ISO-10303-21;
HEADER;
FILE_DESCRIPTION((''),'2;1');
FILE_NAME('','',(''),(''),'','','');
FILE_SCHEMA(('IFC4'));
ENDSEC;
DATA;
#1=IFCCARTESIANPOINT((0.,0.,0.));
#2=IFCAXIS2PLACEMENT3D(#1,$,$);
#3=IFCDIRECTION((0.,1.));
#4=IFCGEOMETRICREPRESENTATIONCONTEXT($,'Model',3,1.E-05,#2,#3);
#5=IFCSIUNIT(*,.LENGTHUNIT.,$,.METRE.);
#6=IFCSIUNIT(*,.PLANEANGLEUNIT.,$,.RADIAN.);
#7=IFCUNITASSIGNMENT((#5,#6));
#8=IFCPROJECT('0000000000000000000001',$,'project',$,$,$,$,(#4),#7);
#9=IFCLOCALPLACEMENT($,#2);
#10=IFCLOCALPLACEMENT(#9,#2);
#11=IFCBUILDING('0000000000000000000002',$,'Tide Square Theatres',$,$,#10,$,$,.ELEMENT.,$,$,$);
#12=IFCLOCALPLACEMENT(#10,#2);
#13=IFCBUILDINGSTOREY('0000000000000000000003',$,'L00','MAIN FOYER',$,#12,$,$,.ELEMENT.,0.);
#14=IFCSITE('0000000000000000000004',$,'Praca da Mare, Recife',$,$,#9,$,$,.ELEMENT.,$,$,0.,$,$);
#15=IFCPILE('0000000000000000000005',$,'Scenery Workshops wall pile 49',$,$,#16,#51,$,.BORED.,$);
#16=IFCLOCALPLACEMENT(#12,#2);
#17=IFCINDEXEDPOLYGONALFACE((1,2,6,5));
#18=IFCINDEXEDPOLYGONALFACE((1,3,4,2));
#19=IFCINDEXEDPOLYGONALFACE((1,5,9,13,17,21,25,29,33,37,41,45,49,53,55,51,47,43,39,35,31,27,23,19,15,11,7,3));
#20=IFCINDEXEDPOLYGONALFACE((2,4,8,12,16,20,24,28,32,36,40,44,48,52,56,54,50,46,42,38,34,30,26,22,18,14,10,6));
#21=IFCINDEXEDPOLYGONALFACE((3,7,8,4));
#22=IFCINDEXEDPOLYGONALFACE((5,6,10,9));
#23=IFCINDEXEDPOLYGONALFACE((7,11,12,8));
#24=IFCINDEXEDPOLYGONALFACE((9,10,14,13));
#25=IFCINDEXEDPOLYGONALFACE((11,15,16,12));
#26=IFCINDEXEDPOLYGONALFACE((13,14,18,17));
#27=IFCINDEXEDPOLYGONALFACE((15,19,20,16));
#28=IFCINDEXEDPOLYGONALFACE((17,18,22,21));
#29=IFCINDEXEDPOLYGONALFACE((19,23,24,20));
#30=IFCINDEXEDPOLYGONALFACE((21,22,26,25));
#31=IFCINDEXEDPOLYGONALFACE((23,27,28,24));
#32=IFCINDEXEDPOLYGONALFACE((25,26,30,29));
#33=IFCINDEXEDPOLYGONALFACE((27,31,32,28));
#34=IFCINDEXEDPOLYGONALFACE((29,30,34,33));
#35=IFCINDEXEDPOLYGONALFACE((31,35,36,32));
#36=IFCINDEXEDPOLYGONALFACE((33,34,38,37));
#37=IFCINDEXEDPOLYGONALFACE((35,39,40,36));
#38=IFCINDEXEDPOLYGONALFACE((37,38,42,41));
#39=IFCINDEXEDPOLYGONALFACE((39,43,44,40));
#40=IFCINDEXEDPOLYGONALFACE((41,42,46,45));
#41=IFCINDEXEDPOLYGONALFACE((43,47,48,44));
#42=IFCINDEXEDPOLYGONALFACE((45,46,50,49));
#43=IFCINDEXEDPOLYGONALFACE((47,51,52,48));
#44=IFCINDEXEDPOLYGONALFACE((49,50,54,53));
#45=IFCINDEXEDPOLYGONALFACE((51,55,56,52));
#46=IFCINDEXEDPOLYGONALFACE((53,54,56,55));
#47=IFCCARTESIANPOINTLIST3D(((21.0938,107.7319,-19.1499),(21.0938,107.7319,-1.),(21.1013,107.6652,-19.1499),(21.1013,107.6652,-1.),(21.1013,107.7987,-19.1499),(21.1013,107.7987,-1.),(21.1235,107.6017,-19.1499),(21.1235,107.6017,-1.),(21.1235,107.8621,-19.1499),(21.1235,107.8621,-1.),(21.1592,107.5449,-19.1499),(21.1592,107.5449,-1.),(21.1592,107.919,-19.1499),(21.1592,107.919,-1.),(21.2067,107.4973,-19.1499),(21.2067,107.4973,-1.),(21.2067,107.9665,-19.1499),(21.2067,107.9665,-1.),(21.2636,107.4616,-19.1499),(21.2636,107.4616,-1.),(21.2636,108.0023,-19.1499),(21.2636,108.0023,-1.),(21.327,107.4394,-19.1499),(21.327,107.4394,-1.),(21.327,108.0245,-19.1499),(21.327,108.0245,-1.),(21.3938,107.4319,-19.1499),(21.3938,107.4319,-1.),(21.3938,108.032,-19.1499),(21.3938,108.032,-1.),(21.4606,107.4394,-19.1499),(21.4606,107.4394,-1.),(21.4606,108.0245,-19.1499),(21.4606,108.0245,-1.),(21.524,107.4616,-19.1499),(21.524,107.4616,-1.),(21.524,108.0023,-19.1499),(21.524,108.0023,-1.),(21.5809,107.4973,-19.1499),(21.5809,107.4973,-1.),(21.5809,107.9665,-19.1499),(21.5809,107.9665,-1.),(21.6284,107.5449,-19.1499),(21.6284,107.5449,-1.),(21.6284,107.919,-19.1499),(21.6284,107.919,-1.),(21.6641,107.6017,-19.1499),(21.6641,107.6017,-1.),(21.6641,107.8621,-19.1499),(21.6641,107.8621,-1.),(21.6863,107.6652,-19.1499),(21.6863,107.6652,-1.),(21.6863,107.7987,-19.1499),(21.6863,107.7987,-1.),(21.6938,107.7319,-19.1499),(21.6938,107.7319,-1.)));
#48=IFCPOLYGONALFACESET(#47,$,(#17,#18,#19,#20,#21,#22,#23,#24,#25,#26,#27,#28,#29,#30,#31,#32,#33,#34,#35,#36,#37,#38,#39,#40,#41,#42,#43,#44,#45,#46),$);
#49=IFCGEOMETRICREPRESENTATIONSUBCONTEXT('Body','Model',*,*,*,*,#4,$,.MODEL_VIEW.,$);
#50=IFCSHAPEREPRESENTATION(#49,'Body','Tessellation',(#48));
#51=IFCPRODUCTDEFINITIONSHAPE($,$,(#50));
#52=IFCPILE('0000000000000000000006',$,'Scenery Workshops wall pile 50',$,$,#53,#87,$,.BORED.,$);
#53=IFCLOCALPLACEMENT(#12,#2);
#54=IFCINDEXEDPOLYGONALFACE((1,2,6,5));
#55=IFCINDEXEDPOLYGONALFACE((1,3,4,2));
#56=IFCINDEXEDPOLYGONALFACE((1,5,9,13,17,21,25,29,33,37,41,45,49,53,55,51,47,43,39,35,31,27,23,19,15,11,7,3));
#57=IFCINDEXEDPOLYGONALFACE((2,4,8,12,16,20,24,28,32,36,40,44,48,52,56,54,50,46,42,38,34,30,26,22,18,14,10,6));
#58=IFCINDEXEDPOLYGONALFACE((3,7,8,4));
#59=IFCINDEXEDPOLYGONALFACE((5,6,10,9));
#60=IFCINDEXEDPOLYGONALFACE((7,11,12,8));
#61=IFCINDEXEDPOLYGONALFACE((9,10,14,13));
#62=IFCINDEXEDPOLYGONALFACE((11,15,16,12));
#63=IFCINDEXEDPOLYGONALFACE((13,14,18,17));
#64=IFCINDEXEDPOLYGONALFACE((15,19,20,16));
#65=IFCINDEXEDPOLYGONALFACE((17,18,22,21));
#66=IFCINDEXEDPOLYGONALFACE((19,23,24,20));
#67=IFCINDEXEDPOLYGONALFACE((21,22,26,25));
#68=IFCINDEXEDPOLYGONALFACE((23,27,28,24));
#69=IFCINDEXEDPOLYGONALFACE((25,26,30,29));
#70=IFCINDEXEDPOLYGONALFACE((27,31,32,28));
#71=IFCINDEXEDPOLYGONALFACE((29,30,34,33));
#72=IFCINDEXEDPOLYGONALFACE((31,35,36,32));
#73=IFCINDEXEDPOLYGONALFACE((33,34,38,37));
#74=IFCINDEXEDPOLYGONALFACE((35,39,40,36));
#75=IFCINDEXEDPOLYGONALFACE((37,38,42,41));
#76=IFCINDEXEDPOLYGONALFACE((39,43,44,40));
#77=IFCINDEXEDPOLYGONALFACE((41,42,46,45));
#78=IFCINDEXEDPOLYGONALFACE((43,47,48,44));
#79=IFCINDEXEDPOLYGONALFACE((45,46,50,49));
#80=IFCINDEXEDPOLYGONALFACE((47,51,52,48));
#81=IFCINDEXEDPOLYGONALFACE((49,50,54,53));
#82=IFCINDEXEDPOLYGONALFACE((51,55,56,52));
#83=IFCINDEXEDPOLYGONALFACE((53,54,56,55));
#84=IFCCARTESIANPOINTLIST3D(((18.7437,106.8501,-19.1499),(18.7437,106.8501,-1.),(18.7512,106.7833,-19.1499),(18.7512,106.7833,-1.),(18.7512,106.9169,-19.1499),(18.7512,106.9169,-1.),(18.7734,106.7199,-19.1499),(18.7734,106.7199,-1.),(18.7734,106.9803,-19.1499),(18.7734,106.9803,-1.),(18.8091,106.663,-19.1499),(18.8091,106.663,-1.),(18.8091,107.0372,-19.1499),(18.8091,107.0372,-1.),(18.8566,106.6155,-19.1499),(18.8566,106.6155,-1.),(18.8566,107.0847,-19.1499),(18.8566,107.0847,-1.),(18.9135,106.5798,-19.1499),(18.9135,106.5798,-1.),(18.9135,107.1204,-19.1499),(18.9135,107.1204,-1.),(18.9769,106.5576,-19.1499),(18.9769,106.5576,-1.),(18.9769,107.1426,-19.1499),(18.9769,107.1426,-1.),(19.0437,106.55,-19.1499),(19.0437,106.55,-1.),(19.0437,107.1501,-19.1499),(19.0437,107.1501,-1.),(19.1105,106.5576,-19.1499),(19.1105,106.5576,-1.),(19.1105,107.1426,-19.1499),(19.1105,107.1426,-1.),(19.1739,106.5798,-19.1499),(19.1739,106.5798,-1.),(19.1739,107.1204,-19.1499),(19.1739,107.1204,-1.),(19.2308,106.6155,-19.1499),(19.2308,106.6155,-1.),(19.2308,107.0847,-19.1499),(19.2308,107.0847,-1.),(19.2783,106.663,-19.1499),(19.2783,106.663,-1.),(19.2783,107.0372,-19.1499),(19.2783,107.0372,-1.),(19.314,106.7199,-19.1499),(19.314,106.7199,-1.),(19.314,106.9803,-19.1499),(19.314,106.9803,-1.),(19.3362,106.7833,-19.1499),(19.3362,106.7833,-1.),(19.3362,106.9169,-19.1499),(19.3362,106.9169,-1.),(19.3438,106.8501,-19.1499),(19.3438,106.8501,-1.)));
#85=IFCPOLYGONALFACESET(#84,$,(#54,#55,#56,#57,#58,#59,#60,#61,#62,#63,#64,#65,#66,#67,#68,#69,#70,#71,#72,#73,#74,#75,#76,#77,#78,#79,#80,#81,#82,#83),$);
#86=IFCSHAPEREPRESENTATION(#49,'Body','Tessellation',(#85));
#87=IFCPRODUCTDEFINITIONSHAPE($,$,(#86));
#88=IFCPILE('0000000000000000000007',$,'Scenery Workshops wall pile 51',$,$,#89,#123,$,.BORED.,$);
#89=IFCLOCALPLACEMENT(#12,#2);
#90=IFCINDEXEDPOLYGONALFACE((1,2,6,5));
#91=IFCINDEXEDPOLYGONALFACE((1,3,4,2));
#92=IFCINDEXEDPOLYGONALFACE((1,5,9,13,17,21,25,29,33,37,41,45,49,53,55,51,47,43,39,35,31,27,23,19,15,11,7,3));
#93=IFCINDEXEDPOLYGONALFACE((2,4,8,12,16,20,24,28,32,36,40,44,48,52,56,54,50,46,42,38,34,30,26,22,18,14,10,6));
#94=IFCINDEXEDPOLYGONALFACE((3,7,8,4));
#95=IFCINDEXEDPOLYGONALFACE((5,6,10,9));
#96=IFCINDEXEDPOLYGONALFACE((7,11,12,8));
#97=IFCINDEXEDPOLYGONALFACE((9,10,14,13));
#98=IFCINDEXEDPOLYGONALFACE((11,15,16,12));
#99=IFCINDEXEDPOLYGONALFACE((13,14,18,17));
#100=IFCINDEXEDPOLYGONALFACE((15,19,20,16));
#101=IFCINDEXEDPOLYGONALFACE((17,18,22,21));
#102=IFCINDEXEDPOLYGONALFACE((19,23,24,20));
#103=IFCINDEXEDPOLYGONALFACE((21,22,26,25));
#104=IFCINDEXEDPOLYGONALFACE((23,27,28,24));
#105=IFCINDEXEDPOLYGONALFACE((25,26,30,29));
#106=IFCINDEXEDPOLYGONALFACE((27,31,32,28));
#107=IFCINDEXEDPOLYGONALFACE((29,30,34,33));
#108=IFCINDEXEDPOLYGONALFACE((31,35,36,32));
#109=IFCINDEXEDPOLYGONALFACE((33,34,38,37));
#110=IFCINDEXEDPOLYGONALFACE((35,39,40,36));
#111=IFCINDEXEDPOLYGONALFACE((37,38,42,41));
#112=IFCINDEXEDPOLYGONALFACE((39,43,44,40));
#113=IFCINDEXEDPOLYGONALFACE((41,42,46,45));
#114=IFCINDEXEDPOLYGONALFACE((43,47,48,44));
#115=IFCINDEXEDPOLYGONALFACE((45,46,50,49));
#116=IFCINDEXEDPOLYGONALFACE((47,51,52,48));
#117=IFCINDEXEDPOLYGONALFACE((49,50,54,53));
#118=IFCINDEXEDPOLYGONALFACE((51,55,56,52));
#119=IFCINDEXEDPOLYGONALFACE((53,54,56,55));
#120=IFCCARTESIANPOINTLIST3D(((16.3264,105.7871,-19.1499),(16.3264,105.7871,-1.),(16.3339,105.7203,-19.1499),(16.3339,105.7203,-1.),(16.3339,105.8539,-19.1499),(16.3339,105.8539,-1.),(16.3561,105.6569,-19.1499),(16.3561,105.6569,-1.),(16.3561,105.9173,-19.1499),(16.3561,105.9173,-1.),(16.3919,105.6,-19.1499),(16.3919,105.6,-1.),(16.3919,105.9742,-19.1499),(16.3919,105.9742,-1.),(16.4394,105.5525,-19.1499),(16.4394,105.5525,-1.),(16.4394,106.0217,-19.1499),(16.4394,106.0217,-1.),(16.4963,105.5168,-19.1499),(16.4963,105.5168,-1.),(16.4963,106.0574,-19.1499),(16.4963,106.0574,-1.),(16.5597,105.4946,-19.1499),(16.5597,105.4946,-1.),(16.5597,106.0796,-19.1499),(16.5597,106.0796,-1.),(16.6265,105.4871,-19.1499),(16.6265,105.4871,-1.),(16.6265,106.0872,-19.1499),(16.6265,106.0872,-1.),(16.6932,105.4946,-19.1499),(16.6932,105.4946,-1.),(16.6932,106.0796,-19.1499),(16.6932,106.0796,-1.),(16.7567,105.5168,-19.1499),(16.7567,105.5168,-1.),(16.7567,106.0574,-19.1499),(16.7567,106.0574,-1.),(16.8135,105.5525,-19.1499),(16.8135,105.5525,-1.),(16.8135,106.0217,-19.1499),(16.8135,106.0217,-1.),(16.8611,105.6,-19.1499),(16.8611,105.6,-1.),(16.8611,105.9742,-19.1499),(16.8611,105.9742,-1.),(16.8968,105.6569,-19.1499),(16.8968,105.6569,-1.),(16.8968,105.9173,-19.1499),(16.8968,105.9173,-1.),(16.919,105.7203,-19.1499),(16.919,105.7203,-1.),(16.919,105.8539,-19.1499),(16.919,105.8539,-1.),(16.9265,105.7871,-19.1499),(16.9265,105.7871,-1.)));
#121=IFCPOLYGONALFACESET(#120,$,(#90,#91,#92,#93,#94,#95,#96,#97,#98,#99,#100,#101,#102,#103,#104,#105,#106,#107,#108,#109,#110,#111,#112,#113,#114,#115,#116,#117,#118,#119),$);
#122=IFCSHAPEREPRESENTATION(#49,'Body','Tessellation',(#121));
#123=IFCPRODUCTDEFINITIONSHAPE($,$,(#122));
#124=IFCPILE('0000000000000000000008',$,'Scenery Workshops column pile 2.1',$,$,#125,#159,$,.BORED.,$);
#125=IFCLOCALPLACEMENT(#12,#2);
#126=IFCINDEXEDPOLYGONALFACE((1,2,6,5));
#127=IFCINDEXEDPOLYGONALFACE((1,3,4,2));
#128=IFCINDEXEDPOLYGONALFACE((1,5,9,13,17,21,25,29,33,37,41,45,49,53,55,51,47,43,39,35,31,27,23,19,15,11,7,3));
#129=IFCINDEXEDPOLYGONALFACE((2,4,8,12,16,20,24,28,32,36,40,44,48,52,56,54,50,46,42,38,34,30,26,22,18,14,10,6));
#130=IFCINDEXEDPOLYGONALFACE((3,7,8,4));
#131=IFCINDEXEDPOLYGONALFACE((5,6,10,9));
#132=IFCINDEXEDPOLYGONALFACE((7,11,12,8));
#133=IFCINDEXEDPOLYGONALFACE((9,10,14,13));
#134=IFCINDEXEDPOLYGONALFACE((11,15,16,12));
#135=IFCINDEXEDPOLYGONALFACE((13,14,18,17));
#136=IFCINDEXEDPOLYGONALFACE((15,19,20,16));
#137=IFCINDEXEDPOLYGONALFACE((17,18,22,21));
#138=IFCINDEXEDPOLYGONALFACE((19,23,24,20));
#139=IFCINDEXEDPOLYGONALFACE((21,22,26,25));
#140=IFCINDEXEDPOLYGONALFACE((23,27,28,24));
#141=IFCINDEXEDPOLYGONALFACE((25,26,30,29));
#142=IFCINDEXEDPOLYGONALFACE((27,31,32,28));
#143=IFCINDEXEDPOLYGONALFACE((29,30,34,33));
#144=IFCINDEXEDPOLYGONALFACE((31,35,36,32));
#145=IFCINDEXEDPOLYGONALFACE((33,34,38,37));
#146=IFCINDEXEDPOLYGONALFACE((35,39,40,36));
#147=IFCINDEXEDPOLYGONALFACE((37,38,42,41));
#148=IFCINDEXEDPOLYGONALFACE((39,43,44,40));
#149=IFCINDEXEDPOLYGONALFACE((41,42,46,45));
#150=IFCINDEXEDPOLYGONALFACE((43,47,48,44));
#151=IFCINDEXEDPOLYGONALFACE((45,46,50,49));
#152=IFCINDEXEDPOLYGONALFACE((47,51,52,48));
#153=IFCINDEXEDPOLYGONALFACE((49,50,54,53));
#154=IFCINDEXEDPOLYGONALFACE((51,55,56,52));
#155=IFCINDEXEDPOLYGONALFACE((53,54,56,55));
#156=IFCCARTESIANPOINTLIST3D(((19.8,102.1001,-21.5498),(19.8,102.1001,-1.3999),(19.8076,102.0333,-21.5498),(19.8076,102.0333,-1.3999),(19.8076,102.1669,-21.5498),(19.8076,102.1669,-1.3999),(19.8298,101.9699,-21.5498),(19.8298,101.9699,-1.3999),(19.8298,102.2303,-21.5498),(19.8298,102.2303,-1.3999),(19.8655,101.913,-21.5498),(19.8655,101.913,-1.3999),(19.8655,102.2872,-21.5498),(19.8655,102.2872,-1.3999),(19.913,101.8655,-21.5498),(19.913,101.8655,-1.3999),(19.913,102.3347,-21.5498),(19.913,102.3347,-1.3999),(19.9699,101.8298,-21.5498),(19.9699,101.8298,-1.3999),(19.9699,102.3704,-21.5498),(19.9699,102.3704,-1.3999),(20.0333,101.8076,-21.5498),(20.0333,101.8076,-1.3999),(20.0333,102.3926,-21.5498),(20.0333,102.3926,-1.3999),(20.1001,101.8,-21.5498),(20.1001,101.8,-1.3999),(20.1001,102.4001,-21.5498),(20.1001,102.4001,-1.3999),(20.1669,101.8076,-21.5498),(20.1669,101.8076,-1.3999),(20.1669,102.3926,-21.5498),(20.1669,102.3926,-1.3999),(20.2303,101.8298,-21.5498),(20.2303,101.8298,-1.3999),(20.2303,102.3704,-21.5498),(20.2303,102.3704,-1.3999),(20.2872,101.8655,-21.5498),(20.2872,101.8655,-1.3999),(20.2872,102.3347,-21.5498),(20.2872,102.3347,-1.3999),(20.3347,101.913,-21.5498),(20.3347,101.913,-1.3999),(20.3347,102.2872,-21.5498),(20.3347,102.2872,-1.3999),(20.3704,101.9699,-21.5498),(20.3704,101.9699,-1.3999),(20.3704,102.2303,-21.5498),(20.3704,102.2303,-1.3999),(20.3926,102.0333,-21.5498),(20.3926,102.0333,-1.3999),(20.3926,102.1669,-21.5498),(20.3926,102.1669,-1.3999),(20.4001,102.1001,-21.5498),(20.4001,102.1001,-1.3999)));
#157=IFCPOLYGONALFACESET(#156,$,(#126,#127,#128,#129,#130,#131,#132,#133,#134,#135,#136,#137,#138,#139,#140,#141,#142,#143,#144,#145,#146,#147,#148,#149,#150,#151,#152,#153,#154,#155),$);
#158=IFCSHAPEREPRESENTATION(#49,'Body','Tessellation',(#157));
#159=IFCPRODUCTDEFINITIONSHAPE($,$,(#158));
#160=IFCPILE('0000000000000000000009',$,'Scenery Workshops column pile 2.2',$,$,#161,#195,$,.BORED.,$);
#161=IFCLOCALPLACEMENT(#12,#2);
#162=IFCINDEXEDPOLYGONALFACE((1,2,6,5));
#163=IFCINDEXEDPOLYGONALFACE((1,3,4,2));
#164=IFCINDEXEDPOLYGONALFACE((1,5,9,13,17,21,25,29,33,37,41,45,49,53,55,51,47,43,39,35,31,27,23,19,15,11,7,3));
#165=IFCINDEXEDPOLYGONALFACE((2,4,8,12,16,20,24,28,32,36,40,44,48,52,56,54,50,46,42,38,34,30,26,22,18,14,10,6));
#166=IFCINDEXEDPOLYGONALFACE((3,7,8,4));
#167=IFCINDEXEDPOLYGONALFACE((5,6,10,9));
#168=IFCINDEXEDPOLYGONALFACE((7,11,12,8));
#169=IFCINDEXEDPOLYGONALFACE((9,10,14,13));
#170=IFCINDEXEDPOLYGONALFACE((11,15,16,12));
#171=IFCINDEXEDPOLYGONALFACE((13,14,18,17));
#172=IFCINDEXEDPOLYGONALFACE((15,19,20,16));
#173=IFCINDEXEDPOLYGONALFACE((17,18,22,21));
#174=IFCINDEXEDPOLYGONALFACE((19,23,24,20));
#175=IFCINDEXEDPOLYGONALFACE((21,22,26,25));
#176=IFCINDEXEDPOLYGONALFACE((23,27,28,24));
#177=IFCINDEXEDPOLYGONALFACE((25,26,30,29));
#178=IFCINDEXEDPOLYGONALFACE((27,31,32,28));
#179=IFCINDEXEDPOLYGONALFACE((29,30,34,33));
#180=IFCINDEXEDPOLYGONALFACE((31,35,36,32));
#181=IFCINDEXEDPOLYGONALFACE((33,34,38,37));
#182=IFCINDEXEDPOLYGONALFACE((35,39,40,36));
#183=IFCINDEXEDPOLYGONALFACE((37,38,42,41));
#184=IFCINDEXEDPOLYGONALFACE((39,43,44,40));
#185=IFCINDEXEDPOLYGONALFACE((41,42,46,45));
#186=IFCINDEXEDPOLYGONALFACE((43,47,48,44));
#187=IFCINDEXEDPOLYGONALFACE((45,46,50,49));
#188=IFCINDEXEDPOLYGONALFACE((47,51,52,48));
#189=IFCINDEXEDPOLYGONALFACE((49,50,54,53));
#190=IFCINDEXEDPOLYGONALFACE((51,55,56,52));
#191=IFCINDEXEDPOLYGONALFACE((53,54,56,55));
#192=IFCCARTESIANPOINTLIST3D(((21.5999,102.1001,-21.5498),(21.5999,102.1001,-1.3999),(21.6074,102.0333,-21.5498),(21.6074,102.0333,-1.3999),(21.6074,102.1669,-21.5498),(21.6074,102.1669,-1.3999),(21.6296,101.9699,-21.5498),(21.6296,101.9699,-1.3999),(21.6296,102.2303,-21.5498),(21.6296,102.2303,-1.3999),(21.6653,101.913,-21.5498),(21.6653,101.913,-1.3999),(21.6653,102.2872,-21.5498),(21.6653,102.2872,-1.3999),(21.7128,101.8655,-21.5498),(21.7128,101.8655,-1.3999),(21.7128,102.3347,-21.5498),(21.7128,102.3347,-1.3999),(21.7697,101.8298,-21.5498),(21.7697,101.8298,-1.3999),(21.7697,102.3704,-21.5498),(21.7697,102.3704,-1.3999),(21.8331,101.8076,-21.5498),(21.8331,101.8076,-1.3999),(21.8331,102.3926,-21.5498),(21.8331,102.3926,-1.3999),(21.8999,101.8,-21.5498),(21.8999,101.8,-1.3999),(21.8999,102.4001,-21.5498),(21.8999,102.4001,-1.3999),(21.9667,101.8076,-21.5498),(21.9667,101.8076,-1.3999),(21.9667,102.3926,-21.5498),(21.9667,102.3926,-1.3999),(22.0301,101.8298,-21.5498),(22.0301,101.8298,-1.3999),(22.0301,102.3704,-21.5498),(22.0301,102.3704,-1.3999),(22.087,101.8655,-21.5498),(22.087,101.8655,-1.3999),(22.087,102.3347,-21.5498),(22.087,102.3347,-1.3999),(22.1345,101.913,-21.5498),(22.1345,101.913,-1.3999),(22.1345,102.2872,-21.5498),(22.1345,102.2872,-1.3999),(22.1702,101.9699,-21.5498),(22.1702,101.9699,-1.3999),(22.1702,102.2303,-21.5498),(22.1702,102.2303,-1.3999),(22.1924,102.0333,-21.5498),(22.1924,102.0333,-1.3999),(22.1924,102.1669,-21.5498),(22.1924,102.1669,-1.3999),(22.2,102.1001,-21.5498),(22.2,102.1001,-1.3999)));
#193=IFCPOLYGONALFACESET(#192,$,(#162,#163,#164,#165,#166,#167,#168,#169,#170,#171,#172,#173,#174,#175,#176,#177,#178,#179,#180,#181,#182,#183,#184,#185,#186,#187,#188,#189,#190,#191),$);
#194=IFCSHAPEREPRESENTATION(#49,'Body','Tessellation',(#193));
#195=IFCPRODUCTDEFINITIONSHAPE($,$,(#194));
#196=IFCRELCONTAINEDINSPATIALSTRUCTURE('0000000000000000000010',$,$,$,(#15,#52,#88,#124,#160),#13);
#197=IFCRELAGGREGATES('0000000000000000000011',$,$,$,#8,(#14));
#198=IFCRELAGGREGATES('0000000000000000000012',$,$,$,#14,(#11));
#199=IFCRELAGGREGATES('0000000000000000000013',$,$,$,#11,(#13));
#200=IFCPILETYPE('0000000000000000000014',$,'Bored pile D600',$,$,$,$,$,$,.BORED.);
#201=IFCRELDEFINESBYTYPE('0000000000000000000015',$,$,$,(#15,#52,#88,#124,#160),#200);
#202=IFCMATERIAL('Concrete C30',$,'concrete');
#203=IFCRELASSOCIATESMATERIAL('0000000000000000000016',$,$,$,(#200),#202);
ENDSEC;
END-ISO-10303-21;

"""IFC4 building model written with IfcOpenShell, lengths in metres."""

from ifc_helpers import new_model, si_unit, direction, frame, origin, origin_2d, place, context, subcontext, project, spatial, circle, extrude, material, material_profile, profile_set, type_object, element, save


model = new_model("IFC4")

# Units and contexts
model_context = context("Model", 3, precision=1e-05, world=origin(), true_north=direction((0.0, 1.0)))
body_context = subcontext(model_context, "Body", "Model", "MODEL_VIEW")
ifc_project = project(units=[si_unit("LENGTHUNIT", "METRE"), si_unit("PLANEANGLEUNIT", "RADIAN")], contexts=[model_context])

# Site, building, storey
site_placement = place(None, origin())
site = spatial("IfcSite", under=ifc_project, at=site_placement, Name="Praca da Mare, Recife", CompositionType="ELEMENT", RefElevation=0.0)
building_placement = place(site_placement, origin())
building = spatial("IfcBuilding", under=site, at=building_placement, Name="Tide Square Theatres", CompositionType="ELEMENT")
storey_placement = place(building_placement, origin())
storey = spatial("IfcBuildingStorey", under=building, at=storey_placement, Name="L00", Description="MAIN FOYER", CompositionType="ELEMENT", Elevation=0.0)

# Piles
ifc_material_1 = material(Name="Concrete C30", Category="concrete")
ifc_material_profile_1 = material_profile(ifc_material_1, circle(Radius=0.3, at=origin_2d()))
ifc_profile_set_1 = profile_set([ifc_material_profile_1], Name="Concrete C30")
pile_type = type_object("IfcPileType", Name="Bored pile D600", PredefinedType="BORED", material=ifc_profile_set_1)
for number, where, z_axis, x_axis, name in (
    (1, (21.3938, 107.7319, -1.0), (0.0, 0.0, -1.0), (1.0, 0.0, 0.0), "Scenery Workshops wall pile 49"),
    (2, (19.0437, 106.8501, -1.0), (0.0, 0.0, -1.0), (1.0, 0.0, 0.0), "Scenery Workshops wall pile 50"),
    (3, (16.6265, 105.7871, -1.0), (0.0, 0.0, -1.0), (1.0, 0.0, 0.0), "Scenery Workshops wall pile 51"),
):
    element("IfcPile", number, at=place(storey_placement, frame(where, z_axis=z_axis, x_axis=x_axis)), inside=storey, type_object=pile_type, Name=name, PredefinedType="BORED", context=body_context, shape_type="SweptSolid", body=[
        extrude(circle(Radius=0.3, at=origin_2d()), origin(), (0.0, 0.0, 1.0), 18.1499),
    ])
for number, where, z_axis, x_axis, name in (
    (4, (20.1001, 102.1001, -1.3999), (0.0, 0.0, -1.0), (1.0, 0.0, 0.0), "Scenery Workshops column pile 2.1"),
    (5, (21.8999, 102.1001, -1.3999), (0.0, 0.0, -1.0), (1.0, 0.0, 0.0), "Scenery Workshops column pile 2.2"),
):
    element("IfcPile", number, at=place(storey_placement, frame(where, z_axis=z_axis, x_axis=x_axis)), inside=storey, type_object=pile_type, Name=name, PredefinedType="BORED", context=body_context, shape_type="SweptSolid", body=[
        extrude(circle(Radius=0.3, at=origin_2d()), origin(), (0.0, 0.0, 1.0), 20.1499),
    ])

save(model, "model.ifc")
